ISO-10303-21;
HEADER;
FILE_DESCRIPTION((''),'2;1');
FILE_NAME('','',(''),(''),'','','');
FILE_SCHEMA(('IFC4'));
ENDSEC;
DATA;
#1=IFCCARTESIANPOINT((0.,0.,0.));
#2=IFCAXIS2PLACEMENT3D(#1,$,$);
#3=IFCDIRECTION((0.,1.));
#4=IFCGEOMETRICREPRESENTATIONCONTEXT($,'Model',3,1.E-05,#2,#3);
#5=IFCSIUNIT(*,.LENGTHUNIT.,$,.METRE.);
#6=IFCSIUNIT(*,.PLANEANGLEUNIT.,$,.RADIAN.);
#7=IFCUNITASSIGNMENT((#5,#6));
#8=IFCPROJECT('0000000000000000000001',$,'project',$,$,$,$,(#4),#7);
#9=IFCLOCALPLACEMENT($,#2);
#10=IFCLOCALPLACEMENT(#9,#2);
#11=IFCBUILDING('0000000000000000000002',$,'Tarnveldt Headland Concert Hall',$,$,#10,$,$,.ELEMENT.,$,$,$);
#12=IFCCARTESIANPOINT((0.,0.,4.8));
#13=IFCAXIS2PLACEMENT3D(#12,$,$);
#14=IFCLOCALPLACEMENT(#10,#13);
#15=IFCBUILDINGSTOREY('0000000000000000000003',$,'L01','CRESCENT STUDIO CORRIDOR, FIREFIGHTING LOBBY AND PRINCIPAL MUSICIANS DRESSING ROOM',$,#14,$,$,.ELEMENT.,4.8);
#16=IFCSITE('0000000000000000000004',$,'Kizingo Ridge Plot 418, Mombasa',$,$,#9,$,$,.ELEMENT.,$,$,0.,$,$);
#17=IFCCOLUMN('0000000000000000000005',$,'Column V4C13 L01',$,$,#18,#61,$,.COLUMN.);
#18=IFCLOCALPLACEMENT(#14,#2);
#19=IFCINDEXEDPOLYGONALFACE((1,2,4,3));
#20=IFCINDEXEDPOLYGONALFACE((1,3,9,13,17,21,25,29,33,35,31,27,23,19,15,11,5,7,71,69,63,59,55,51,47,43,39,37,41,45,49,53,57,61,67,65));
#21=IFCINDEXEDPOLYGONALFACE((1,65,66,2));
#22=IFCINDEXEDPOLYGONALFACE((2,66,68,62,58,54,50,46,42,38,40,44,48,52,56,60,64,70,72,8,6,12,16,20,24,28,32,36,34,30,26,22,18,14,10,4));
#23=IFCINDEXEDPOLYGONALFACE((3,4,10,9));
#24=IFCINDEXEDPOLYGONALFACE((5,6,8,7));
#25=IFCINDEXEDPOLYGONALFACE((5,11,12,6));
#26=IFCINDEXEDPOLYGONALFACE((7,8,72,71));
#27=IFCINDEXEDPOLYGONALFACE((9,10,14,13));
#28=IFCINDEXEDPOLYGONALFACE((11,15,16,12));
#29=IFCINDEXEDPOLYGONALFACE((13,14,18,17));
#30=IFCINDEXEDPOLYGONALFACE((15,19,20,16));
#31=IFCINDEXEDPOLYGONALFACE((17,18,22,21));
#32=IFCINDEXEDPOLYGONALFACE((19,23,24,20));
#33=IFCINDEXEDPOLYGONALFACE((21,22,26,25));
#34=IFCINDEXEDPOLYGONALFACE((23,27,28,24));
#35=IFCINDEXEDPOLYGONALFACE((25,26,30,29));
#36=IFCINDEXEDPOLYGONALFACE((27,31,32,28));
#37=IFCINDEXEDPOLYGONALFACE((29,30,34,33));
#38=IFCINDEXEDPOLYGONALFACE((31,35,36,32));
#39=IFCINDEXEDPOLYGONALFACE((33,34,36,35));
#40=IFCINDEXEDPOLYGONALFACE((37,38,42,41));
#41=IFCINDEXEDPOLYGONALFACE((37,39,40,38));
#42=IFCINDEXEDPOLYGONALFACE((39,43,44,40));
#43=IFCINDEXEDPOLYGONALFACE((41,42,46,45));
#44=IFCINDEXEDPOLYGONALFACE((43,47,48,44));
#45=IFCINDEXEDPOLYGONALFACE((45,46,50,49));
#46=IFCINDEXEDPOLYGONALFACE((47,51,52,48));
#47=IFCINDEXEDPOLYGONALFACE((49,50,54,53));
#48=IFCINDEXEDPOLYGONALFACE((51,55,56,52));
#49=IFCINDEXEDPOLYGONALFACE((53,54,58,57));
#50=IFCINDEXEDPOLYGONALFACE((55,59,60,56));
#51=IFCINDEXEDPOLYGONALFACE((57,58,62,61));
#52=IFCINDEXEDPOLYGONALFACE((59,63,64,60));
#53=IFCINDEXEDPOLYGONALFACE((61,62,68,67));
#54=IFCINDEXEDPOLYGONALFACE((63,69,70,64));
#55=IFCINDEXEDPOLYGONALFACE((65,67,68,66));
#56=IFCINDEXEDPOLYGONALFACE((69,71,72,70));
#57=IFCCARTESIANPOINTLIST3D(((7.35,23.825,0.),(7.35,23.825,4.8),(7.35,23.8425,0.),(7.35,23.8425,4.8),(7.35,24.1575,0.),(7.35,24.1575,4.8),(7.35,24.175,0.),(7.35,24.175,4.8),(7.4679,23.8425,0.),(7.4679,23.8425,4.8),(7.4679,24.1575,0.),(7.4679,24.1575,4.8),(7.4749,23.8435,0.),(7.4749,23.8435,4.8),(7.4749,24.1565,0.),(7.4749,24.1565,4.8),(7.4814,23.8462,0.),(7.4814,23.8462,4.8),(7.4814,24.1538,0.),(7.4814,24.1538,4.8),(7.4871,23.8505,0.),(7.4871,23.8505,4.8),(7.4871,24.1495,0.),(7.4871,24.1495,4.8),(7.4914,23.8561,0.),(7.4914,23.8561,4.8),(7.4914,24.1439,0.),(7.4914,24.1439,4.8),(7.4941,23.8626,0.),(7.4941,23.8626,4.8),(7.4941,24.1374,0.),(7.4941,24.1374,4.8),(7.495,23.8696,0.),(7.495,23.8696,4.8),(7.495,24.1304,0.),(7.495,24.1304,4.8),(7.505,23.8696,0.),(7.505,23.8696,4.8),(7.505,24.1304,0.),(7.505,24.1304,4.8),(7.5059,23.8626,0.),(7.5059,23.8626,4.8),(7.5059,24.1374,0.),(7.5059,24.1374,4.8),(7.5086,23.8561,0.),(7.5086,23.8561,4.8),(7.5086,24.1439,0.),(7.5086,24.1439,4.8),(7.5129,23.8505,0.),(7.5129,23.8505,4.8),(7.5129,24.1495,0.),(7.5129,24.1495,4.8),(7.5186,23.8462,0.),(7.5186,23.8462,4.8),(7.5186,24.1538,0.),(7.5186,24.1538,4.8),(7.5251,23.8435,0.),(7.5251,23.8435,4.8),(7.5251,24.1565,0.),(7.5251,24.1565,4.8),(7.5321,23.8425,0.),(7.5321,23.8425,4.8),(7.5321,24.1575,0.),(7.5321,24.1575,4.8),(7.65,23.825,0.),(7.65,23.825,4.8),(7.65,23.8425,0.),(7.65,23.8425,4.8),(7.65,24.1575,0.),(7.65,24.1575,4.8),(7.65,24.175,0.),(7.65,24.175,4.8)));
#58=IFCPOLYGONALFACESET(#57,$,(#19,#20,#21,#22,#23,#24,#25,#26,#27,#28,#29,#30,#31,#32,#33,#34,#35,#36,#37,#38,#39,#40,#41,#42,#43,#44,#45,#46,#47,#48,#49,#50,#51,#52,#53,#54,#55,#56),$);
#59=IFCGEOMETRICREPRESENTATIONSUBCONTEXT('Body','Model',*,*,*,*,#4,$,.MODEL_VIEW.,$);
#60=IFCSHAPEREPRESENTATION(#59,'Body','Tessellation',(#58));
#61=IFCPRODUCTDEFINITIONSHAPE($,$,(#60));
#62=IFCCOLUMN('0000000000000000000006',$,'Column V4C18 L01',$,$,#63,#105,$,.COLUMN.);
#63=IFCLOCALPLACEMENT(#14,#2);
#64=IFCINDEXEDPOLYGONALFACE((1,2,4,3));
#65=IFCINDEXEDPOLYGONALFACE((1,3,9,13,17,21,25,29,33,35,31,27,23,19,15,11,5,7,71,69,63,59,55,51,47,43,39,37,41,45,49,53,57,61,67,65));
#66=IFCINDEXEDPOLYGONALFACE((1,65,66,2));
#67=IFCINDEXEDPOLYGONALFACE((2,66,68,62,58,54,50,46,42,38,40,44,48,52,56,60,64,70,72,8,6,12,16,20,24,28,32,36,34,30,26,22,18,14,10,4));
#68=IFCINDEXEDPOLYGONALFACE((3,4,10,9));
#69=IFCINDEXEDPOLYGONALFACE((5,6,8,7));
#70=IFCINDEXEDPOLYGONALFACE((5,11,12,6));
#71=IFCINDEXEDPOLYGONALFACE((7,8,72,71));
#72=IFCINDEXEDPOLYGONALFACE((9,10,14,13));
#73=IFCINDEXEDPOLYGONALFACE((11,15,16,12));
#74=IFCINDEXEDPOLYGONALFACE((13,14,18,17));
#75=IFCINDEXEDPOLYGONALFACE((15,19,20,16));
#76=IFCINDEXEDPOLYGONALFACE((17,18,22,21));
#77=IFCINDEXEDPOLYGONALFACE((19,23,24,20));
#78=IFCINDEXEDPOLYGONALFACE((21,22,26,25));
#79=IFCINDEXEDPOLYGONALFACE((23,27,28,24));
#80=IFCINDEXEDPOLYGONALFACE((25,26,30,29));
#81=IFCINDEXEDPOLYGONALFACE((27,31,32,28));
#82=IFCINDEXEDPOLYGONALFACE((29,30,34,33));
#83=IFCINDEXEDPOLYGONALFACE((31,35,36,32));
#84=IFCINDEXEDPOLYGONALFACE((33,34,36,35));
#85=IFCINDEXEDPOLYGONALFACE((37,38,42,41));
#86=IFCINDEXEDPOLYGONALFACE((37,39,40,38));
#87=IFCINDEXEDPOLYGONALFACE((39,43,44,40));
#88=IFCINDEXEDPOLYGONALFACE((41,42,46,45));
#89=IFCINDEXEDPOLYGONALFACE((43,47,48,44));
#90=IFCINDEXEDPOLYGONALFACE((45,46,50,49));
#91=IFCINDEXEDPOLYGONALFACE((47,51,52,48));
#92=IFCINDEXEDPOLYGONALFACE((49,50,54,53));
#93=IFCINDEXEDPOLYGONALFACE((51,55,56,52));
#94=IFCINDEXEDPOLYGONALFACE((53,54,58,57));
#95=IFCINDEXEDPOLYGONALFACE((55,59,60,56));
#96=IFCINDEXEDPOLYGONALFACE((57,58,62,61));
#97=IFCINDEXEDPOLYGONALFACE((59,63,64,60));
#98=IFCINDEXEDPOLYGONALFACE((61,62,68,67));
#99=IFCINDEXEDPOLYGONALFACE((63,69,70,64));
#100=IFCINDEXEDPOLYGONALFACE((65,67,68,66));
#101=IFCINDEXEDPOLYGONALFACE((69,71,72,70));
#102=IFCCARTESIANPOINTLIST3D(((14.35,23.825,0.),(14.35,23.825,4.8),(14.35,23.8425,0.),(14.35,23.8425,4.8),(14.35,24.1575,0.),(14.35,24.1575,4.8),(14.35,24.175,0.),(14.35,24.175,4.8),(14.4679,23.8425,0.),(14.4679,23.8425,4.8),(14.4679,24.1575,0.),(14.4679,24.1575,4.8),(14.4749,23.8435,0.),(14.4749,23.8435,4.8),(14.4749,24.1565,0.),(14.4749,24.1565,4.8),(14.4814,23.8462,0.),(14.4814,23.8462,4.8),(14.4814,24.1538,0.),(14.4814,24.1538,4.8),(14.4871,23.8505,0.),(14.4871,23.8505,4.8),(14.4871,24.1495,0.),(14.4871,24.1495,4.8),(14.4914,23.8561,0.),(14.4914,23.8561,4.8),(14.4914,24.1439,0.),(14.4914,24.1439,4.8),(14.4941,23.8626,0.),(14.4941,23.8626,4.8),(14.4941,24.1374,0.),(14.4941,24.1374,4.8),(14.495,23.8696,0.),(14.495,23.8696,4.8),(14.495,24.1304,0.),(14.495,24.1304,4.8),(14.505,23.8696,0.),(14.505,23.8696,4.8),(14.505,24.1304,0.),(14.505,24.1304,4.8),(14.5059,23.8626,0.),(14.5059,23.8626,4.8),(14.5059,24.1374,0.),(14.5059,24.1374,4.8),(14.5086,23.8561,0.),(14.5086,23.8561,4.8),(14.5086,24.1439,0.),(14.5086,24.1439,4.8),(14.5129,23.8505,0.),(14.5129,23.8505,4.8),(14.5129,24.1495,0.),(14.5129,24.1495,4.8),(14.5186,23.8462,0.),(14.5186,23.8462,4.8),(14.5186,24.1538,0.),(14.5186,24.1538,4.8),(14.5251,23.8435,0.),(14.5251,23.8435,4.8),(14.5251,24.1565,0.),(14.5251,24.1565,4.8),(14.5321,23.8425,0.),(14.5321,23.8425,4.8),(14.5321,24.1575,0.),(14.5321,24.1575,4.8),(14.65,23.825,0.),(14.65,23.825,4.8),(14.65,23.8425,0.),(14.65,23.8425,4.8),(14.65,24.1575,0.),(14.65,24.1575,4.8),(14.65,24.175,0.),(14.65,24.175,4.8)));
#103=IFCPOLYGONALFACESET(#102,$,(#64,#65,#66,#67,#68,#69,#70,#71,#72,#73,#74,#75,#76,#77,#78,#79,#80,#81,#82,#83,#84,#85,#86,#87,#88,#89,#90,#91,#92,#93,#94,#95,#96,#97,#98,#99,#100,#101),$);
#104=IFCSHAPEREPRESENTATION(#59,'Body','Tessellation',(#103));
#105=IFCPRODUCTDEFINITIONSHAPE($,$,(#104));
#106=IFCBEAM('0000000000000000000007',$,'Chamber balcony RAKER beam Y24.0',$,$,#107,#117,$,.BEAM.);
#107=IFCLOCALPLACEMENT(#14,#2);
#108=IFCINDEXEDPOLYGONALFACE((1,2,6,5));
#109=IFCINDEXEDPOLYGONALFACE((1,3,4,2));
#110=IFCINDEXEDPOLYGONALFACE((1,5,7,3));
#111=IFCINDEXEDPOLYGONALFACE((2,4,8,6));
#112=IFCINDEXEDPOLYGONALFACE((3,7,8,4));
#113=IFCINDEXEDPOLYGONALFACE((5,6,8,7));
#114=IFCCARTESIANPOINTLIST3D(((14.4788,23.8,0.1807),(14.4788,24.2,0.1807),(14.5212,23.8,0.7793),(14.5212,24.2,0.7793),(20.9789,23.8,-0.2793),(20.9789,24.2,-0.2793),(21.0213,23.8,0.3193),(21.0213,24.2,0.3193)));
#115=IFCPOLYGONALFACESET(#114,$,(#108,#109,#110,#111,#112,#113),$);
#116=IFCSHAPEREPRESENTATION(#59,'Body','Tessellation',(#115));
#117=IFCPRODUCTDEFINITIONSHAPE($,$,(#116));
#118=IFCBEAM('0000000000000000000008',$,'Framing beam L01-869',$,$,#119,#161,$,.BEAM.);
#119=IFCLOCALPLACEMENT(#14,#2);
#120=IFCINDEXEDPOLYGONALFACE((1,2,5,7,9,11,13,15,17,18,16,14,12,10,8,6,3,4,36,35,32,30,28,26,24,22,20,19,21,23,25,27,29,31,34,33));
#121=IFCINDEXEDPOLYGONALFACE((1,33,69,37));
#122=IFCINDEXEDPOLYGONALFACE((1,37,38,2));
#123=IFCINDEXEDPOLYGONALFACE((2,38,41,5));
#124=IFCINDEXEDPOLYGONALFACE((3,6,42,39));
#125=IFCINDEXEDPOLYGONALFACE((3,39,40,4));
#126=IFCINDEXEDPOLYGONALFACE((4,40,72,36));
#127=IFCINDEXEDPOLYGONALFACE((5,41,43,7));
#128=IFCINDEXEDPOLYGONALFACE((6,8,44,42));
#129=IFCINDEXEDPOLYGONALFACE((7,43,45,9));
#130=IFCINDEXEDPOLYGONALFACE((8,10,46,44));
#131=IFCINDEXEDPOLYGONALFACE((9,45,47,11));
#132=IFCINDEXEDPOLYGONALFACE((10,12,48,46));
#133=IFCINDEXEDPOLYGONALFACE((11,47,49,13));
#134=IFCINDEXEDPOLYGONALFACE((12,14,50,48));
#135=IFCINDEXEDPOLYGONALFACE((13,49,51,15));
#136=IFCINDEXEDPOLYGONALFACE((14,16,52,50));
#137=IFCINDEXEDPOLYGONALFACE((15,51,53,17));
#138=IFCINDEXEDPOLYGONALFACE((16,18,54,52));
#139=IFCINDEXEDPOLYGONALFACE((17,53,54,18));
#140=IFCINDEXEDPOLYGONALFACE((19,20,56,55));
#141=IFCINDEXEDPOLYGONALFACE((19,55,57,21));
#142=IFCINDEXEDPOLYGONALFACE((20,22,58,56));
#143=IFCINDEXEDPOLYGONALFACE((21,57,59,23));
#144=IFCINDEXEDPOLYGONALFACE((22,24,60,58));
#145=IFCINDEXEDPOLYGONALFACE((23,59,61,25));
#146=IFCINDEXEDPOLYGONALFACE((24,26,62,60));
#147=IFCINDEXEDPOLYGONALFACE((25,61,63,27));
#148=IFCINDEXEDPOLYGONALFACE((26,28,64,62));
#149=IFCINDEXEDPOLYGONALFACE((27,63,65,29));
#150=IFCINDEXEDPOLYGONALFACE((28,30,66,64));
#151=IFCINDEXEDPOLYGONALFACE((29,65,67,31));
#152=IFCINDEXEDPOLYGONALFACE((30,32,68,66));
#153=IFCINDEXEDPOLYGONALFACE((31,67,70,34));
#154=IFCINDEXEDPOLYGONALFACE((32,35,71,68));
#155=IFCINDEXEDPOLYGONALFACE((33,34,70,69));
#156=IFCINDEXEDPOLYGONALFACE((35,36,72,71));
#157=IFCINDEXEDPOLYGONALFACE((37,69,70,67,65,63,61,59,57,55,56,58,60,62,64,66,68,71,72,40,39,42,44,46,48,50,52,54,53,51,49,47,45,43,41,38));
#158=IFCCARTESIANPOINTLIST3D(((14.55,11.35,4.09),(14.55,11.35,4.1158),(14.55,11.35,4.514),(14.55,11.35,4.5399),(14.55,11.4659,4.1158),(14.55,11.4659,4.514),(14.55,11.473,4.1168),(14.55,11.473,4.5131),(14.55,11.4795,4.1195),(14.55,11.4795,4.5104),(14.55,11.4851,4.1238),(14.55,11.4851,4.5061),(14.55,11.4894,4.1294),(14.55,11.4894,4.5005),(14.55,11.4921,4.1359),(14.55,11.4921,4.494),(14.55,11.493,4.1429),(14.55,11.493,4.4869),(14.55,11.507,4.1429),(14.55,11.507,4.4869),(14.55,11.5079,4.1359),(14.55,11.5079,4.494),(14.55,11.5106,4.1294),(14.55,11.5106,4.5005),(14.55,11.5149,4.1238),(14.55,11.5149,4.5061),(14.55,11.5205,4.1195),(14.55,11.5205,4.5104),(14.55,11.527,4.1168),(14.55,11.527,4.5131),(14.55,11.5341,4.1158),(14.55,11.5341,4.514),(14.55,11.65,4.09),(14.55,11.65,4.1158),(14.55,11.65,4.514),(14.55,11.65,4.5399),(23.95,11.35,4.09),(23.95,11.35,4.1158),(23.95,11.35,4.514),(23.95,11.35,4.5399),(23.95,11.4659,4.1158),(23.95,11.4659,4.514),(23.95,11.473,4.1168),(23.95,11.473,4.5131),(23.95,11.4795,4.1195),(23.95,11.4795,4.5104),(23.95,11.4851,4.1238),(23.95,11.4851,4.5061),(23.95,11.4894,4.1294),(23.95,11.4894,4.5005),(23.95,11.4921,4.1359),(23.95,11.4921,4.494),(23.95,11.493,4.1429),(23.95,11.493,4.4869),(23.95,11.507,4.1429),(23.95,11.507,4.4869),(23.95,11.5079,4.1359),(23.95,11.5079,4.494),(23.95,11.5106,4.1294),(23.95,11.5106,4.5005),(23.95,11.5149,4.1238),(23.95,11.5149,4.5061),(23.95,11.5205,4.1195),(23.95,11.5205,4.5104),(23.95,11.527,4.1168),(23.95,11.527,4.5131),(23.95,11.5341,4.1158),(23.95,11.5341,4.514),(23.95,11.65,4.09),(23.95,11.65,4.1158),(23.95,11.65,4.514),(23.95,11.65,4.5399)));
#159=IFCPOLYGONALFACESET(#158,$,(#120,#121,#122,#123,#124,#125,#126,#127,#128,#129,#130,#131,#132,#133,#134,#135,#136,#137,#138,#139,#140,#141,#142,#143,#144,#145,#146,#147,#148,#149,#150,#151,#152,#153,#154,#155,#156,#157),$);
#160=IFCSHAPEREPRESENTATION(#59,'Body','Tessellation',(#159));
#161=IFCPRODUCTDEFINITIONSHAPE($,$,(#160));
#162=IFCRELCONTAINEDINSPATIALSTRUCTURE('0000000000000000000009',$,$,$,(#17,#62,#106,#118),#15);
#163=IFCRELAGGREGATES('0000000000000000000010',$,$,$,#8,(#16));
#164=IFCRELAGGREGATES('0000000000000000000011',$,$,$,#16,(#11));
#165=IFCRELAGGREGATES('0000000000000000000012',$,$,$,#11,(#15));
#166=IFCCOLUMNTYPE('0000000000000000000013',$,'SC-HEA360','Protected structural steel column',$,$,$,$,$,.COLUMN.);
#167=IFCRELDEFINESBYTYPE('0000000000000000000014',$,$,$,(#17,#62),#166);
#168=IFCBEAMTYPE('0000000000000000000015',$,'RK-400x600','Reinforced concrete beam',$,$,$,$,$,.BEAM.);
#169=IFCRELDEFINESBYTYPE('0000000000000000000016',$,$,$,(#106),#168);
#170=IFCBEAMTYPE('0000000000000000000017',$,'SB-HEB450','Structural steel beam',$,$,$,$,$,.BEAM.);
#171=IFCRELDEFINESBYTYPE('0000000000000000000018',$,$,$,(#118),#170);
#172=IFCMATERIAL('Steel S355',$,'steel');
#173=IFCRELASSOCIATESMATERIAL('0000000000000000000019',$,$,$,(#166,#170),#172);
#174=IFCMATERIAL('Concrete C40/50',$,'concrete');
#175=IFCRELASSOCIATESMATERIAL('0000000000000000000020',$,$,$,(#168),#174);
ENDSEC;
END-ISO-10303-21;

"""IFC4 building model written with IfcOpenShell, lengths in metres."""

from ifc_helpers import new_model, si_unit, direction, frame, origin, origin_2d, place, context, subcontext, project, spatial, rectangle, i_section, extrude, material, material_profile, profile_set, type_object, element, save


model = new_model("IFC4")

# Units and contexts
model_context = context("Model", 3, precision=1e-05, world=origin(), true_north=direction((0.0, 1.0)))
body_context = subcontext(model_context, "Body", "Model", "MODEL_VIEW")
ifc_project = project(units=[si_unit("LENGTHUNIT", "METRE"), si_unit("PLANEANGLEUNIT", "RADIAN")], contexts=[model_context])

# Site, building, storey
site_placement = place(None, origin())
site = spatial("IfcSite", under=ifc_project, at=site_placement, Name="Kizingo Ridge Plot 418, Mombasa", CompositionType="ELEMENT", RefElevation=0.0)
building_placement = place(site_placement, origin())
building = spatial("IfcBuilding", under=site, at=building_placement, Name="Tarnveldt Headland Concert Hall", CompositionType="ELEMENT")
storey_placement = place(building_placement, frame((0.0, 0.0, 4.8)))
storey = spatial("IfcBuildingStorey", under=building, at=storey_placement, Name="L01", Description="CRESCENT STUDIO CORRIDOR, FIREFIGHTING LOBBY AND PRINCIPAL MUSICIANS DRESSING ROOM", CompositionType="ELEMENT", Elevation=4.8)

# Columns
ifc_material_1 = material(Name="Steel S355", Category="steel")
ifc_material_profile_1 = material_profile(ifc_material_1, i_section(OverallWidth=0.3, OverallDepth=0.3501, WebThickness=0.01, FlangeThickness=0.0176, FilletRadius=0.0271, at=origin_2d()), Name="HEA360", Category="steel")
ifc_profile_set_1 = profile_set([ifc_material_profile_1], Name="Steel S355")
column_type = type_object("IfcColumnType", Name="SC-HEA360", Description="Protected structural steel column", PredefinedType="COLUMN", material=ifc_profile_set_1)
for number, where, z_axis, x_axis, name in (
    (1, (7.5, 24.0, 0.0), (0.0, 0.0, 1.0), (1.0, 0.0, 0.0), "Column V4C13 L01"),
    (2, (14.5, 24.0, 0.0), (0.0, 0.0, 1.0), (1.0, 0.0, 0.0), "Column V4C18 L01"),
):
    element("IfcColumn", number, at=place(storey_placement, frame(where, z_axis=z_axis, x_axis=x_axis)), inside=storey, type_object=column_type, Name=name, PredefinedType="COLUMN", context=body_context, shape_type="SweptSolid", body=[
        extrude(i_section(OverallWidth=0.3, OverallDepth=0.3501, WebThickness=0.01, FlangeThickness=0.0176, FilletRadius=0.0271, at=origin_2d()), origin(), (0.0, 0.0, 1.0), 4.8),
    ])

# Beams
ifc_material_2 = material(Name="Concrete C40/50", Category="concrete")
ifc_material_profile_2 = material_profile(ifc_material_2, rectangle(XDim=0.3999, YDim=0.6001, at=origin_2d()), Name="RAKER RC 400x600", Category="concrete")
ifc_profile_set_2 = profile_set([ifc_material_profile_2], Name="Concrete C40/50")
beam_type_1 = type_object("IfcBeamType", Name="RK-400x600", Description="Reinforced concrete beam", PredefinedType="BEAM", material=ifc_profile_set_2)
beam_1_placement = place(storey_placement, frame((14.5, 24.0, 0.48), z_axis=(0.997506, 0.0, -0.070587), x_axis=(0.0, 1.0, 0.0)))
element("IfcBeam", 3, at=beam_1_placement, inside=storey, type_object=beam_type_1, Name="Chamber balcony RAKER beam Y24.0", PredefinedType="BEAM", context=body_context, shape_type="SweptSolid", body=[
    extrude(rectangle(XDim=0.3999, YDim=0.6001, at=origin_2d()), origin(), (0.0, 0.0, 1.0), 6.5164),
])
ifc_material_profile_3 = material_profile(ifc_material_1, i_section(OverallWidth=0.3, OverallDepth=0.45, WebThickness=0.0139, FlangeThickness=0.0259, FilletRadius=0.0271, at=origin_2d()), Name="HEB450", Category="steel")
ifc_profile_set_3 = profile_set([ifc_material_profile_3], Name="Steel S355")
beam_type_2 = type_object("IfcBeamType", Name="SB-HEB450", Description="Structural steel beam", PredefinedType="BEAM", material=ifc_profile_set_3)
beam_2_placement = place(storey_placement, frame((14.55, 11.5, 4.3149), z_axis=(1.0, 0.0, 0.0), x_axis=(0.0, 1.0, 0.0)))
element("IfcBeam", 4, at=beam_2_placement, inside=storey, type_object=beam_type_2, Name="Framing beam L01-869", PredefinedType="BEAM", context=body_context, shape_type="SweptSolid", body=[
    extrude(i_section(OverallWidth=0.3, OverallDepth=0.45, WebThickness=0.0139, FlangeThickness=0.0259, FilletRadius=0.0271, at=origin_2d()), origin(), (0.0, 0.0, 1.0), 9.3999),
])

save(model, "model.ifc")
